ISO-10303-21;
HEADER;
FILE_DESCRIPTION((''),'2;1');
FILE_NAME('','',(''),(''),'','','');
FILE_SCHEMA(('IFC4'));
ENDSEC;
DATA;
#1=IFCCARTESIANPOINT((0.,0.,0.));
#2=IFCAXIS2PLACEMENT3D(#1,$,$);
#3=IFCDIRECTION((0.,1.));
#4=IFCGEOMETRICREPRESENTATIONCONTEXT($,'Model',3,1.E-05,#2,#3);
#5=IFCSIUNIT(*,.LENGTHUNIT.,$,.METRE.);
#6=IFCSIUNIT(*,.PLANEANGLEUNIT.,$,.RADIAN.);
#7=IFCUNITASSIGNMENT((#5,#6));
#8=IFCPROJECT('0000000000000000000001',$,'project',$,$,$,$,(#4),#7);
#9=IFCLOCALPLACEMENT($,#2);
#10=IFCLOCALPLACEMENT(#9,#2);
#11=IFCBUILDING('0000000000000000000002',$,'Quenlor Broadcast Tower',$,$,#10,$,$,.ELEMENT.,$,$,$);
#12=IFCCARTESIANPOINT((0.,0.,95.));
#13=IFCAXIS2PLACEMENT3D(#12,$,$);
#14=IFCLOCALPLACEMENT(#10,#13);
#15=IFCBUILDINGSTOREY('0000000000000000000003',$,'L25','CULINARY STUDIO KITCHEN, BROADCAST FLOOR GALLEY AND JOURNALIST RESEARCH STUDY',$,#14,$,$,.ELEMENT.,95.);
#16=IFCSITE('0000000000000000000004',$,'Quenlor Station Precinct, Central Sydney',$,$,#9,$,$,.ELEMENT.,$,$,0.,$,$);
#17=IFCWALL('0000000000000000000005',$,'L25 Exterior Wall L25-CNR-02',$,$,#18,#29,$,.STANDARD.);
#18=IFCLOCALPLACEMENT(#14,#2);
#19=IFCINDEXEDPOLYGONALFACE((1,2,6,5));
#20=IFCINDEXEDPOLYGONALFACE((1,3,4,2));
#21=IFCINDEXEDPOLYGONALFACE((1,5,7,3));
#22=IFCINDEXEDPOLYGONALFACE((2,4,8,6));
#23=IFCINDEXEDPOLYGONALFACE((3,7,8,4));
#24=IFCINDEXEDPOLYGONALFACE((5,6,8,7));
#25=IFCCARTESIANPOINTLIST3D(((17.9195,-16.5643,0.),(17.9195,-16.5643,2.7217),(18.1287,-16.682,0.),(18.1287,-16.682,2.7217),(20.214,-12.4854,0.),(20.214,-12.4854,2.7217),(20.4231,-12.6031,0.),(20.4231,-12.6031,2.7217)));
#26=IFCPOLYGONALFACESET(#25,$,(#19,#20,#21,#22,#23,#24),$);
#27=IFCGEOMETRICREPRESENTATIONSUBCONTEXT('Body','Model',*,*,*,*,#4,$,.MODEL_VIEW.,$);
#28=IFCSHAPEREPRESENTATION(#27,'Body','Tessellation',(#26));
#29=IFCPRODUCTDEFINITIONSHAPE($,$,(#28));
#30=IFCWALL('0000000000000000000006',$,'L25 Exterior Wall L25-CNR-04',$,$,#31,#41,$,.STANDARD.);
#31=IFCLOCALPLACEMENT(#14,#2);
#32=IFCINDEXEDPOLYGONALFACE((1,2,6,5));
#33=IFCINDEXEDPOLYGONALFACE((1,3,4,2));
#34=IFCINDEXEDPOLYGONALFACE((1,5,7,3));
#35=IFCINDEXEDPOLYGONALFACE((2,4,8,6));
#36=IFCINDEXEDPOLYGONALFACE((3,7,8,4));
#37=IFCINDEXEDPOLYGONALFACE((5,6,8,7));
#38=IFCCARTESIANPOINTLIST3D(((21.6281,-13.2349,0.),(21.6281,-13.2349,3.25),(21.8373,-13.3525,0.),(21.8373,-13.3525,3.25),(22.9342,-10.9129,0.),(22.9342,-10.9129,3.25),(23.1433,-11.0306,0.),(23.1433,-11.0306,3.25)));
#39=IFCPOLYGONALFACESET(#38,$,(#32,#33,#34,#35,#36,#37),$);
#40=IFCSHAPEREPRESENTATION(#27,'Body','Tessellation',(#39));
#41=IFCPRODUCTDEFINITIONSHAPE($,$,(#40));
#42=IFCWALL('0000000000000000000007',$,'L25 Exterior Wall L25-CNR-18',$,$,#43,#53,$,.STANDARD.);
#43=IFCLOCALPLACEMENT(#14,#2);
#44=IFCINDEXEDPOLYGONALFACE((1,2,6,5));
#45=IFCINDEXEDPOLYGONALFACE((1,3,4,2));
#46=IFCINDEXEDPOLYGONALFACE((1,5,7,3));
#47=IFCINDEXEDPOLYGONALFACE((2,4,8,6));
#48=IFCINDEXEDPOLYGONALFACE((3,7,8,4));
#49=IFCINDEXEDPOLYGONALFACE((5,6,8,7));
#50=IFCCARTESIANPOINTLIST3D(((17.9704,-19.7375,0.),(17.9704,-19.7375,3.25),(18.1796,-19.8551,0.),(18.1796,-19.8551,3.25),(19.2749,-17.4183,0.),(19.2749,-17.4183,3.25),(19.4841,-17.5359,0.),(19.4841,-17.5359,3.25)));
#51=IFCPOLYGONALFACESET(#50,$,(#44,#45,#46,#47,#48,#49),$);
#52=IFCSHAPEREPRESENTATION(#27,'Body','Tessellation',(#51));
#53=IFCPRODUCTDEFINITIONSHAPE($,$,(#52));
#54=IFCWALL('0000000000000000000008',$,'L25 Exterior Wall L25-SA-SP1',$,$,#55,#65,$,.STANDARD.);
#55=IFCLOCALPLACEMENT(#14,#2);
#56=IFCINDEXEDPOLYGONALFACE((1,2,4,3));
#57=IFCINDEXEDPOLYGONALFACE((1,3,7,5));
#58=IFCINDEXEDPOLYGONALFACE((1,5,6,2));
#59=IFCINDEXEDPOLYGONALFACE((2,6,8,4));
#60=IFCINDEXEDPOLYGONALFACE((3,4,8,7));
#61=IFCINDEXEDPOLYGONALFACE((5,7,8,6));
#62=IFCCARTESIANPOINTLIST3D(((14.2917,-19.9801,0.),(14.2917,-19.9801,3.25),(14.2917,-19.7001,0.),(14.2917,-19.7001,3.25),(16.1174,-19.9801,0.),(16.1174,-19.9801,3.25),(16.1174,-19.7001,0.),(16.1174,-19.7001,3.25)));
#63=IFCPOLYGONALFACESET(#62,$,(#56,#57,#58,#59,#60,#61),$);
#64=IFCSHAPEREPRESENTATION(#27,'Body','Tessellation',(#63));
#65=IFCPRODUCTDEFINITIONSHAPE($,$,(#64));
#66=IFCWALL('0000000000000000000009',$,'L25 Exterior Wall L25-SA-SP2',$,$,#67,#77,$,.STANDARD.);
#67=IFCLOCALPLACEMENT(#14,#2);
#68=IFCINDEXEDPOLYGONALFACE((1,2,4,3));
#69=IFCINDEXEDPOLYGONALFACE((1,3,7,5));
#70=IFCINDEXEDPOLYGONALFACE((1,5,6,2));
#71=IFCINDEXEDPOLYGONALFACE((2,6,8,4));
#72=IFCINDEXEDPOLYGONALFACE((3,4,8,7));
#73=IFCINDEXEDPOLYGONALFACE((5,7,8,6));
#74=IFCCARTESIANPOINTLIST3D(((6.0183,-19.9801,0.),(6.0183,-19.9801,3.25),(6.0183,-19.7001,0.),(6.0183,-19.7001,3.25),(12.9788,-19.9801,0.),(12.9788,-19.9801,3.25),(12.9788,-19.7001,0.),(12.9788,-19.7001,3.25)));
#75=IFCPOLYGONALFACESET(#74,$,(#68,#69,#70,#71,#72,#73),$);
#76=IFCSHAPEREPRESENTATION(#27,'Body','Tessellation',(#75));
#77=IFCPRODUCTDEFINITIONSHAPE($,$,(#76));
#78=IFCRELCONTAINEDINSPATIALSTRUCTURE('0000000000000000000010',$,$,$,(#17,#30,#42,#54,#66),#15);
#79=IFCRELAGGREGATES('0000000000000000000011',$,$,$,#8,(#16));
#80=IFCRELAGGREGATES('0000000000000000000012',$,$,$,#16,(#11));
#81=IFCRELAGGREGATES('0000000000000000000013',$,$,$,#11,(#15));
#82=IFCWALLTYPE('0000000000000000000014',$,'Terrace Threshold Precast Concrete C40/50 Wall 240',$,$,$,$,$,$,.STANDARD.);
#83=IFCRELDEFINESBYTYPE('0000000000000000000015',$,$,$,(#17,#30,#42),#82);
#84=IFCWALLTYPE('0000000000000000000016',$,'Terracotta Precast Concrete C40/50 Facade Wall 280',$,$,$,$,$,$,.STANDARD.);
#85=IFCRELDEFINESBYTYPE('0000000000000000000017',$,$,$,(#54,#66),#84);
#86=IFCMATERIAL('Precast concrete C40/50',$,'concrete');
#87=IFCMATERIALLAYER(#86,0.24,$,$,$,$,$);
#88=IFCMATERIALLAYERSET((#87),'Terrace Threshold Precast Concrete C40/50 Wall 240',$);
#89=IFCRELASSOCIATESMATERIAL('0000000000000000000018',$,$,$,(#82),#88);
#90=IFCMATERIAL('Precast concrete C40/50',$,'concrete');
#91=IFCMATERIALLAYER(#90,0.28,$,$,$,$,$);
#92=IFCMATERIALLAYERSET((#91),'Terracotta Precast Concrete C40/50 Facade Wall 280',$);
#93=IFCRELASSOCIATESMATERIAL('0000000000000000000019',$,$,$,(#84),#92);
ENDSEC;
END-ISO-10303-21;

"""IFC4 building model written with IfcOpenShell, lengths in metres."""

from ifc_helpers import new_model, si_unit, direction, frame, frame_2d, origin, place, context, subcontext, project, spatial, rectangle, extrude, material, layer, layer_set, type_object, element, save


model = new_model("IFC4")

# Units and contexts
model_context = context("Model", 3, precision=1e-05, world=origin(), true_north=direction((0.0, 1.0)))
body_context = subcontext(model_context, "Body", "Model", "MODEL_VIEW")
ifc_project = project(units=[si_unit("LENGTHUNIT", "METRE"), si_unit("PLANEANGLEUNIT", "RADIAN")], contexts=[model_context])

# Site, building, storey
site_placement = place(None, origin())
site = spatial("IfcSite", under=ifc_project, at=site_placement, Name="Quenlor Station Precinct, Central Sydney", CompositionType="ELEMENT", RefElevation=0.0)
building_placement = place(site_placement, origin())
building = spatial("IfcBuilding", under=site, at=building_placement, Name="Quenlor Broadcast Tower", CompositionType="ELEMENT")
storey_placement = place(building_placement, frame((0.0, 0.0, 95.0)))
storey = spatial("IfcBuildingStorey", under=building, at=storey_placement, Name="L25", Description="CULINARY STUDIO KITCHEN, BROADCAST FLOOR GALLEY AND JOURNALIST RESEARCH STUDY", CompositionType="ELEMENT", Elevation=95.0)

# Walls
ifc_material_1 = material(Name="Precast concrete C40/50", Category="concrete")
ifc_layer_1 = layer(ifc_material_1, 0.24)
ifc_layer_set_1 = layer_set([ifc_layer_1], Name="Terrace Threshold Precast Concrete C40/50 Wall 240")
wall_type_1 = type_object("IfcWallType", Name="Terrace Threshold Precast Concrete C40/50 Wall 240", PredefinedType="STANDARD", material=ifc_layer_set_1)
wall_1_placement = place(storey_placement, frame((18.0242, -16.623, 0.0), z_axis=(0.0, 0.0, 1.0), x_axis=(0.490274, 0.871569, 0.0)))
element("IfcWall", 1, at=wall_1_placement, inside=storey, type_object=wall_type_1, Name="L25 Exterior Wall L25-CNR-02", PredefinedType="STANDARD", context=body_context, shape_type="SweptSolid", body=[
    extrude(rectangle(XDim=4.6799, YDim=0.24, at=frame_2d((2.3398, 0.0))), origin(), (0.0, 0.0, 1.0), 2.7217),
])
wall_2_placement = place(storey_placement, frame((21.7327, -13.2937, 0.0), z_axis=(0.0, 0.0, 1.0), x_axis=(0.490266, 0.871573, 0.0)))
element("IfcWall", 2, at=wall_2_placement, inside=storey, type_object=wall_type_1, Name="L25 Exterior Wall L25-CNR-04", PredefinedType="STANDARD", context=body_context, shape_type="SweptSolid", body=[
    extrude(rectangle(XDim=2.6641, YDim=0.24, at=frame_2d((1.332, 0.0))), origin(), (0.0, 0.0, 1.0), 3.25),
])
wall_3_placement = place(storey_placement, frame((18.075, -19.7964, 0.0), z_axis=(0.0, 0.0, 1.0), x_axis=(0.490248, 0.871583, 0.0)))
element("IfcWall", 3, at=wall_3_placement, inside=storey, type_object=wall_type_1, Name="L25 Exterior Wall L25-CNR-18", PredefinedType="STANDARD", context=body_context, shape_type="SweptSolid", body=[
    extrude(rectangle(XDim=2.6609, YDim=0.24, at=frame_2d((1.3306, 0.0))), origin(), (0.0, 0.0, 1.0), 3.25),
])
ifc_material_2 = material(Name="Precast concrete C40/50", Category="concrete")
ifc_layer_2 = layer(ifc_material_2, 0.28)
ifc_layer_set_2 = layer_set([ifc_layer_2], Name="Terracotta Precast Concrete C40/50 Facade Wall 280")
wall_type_2 = type_object("IfcWallType", Name="Terracotta Precast Concrete C40/50 Facade Wall 280", PredefinedType="STANDARD", material=ifc_layer_set_2)
wall_4_placement = place(storey_placement, frame((16.1174, -19.8401, 0.0), z_axis=(0.0, 0.0, 1.0), x_axis=(-1.0, 0.0, 0.0)))
element("IfcWall", 4, at=wall_4_placement, inside=storey, type_object=wall_type_2, Name="L25 Exterior Wall L25-SA-SP1", PredefinedType="STANDARD", context=body_context, shape_type="SweptSolid", body=[
    extrude(rectangle(XDim=1.8257, YDim=0.28, at=frame_2d((0.9128, 0.0))), origin(), (0.0, 0.0, 1.0), 3.25),
])
wall_5_placement = place(storey_placement, frame((12.9788, -19.8401, 0.0), z_axis=(0.0, 0.0, 1.0), x_axis=(-1.0, 0.0, 0.0)))
element("IfcWall", 5, at=wall_5_placement, inside=storey, type_object=wall_type_2, Name="L25 Exterior Wall L25-SA-SP2", PredefinedType="STANDARD", context=body_context, shape_type="SweptSolid", body=[
    extrude(rectangle(XDim=6.9604, YDim=0.28, at=frame_2d((3.4802, 0.0))), origin(), (0.0, 0.0, 1.0), 3.25),
])

save(model, "model.ifc")
